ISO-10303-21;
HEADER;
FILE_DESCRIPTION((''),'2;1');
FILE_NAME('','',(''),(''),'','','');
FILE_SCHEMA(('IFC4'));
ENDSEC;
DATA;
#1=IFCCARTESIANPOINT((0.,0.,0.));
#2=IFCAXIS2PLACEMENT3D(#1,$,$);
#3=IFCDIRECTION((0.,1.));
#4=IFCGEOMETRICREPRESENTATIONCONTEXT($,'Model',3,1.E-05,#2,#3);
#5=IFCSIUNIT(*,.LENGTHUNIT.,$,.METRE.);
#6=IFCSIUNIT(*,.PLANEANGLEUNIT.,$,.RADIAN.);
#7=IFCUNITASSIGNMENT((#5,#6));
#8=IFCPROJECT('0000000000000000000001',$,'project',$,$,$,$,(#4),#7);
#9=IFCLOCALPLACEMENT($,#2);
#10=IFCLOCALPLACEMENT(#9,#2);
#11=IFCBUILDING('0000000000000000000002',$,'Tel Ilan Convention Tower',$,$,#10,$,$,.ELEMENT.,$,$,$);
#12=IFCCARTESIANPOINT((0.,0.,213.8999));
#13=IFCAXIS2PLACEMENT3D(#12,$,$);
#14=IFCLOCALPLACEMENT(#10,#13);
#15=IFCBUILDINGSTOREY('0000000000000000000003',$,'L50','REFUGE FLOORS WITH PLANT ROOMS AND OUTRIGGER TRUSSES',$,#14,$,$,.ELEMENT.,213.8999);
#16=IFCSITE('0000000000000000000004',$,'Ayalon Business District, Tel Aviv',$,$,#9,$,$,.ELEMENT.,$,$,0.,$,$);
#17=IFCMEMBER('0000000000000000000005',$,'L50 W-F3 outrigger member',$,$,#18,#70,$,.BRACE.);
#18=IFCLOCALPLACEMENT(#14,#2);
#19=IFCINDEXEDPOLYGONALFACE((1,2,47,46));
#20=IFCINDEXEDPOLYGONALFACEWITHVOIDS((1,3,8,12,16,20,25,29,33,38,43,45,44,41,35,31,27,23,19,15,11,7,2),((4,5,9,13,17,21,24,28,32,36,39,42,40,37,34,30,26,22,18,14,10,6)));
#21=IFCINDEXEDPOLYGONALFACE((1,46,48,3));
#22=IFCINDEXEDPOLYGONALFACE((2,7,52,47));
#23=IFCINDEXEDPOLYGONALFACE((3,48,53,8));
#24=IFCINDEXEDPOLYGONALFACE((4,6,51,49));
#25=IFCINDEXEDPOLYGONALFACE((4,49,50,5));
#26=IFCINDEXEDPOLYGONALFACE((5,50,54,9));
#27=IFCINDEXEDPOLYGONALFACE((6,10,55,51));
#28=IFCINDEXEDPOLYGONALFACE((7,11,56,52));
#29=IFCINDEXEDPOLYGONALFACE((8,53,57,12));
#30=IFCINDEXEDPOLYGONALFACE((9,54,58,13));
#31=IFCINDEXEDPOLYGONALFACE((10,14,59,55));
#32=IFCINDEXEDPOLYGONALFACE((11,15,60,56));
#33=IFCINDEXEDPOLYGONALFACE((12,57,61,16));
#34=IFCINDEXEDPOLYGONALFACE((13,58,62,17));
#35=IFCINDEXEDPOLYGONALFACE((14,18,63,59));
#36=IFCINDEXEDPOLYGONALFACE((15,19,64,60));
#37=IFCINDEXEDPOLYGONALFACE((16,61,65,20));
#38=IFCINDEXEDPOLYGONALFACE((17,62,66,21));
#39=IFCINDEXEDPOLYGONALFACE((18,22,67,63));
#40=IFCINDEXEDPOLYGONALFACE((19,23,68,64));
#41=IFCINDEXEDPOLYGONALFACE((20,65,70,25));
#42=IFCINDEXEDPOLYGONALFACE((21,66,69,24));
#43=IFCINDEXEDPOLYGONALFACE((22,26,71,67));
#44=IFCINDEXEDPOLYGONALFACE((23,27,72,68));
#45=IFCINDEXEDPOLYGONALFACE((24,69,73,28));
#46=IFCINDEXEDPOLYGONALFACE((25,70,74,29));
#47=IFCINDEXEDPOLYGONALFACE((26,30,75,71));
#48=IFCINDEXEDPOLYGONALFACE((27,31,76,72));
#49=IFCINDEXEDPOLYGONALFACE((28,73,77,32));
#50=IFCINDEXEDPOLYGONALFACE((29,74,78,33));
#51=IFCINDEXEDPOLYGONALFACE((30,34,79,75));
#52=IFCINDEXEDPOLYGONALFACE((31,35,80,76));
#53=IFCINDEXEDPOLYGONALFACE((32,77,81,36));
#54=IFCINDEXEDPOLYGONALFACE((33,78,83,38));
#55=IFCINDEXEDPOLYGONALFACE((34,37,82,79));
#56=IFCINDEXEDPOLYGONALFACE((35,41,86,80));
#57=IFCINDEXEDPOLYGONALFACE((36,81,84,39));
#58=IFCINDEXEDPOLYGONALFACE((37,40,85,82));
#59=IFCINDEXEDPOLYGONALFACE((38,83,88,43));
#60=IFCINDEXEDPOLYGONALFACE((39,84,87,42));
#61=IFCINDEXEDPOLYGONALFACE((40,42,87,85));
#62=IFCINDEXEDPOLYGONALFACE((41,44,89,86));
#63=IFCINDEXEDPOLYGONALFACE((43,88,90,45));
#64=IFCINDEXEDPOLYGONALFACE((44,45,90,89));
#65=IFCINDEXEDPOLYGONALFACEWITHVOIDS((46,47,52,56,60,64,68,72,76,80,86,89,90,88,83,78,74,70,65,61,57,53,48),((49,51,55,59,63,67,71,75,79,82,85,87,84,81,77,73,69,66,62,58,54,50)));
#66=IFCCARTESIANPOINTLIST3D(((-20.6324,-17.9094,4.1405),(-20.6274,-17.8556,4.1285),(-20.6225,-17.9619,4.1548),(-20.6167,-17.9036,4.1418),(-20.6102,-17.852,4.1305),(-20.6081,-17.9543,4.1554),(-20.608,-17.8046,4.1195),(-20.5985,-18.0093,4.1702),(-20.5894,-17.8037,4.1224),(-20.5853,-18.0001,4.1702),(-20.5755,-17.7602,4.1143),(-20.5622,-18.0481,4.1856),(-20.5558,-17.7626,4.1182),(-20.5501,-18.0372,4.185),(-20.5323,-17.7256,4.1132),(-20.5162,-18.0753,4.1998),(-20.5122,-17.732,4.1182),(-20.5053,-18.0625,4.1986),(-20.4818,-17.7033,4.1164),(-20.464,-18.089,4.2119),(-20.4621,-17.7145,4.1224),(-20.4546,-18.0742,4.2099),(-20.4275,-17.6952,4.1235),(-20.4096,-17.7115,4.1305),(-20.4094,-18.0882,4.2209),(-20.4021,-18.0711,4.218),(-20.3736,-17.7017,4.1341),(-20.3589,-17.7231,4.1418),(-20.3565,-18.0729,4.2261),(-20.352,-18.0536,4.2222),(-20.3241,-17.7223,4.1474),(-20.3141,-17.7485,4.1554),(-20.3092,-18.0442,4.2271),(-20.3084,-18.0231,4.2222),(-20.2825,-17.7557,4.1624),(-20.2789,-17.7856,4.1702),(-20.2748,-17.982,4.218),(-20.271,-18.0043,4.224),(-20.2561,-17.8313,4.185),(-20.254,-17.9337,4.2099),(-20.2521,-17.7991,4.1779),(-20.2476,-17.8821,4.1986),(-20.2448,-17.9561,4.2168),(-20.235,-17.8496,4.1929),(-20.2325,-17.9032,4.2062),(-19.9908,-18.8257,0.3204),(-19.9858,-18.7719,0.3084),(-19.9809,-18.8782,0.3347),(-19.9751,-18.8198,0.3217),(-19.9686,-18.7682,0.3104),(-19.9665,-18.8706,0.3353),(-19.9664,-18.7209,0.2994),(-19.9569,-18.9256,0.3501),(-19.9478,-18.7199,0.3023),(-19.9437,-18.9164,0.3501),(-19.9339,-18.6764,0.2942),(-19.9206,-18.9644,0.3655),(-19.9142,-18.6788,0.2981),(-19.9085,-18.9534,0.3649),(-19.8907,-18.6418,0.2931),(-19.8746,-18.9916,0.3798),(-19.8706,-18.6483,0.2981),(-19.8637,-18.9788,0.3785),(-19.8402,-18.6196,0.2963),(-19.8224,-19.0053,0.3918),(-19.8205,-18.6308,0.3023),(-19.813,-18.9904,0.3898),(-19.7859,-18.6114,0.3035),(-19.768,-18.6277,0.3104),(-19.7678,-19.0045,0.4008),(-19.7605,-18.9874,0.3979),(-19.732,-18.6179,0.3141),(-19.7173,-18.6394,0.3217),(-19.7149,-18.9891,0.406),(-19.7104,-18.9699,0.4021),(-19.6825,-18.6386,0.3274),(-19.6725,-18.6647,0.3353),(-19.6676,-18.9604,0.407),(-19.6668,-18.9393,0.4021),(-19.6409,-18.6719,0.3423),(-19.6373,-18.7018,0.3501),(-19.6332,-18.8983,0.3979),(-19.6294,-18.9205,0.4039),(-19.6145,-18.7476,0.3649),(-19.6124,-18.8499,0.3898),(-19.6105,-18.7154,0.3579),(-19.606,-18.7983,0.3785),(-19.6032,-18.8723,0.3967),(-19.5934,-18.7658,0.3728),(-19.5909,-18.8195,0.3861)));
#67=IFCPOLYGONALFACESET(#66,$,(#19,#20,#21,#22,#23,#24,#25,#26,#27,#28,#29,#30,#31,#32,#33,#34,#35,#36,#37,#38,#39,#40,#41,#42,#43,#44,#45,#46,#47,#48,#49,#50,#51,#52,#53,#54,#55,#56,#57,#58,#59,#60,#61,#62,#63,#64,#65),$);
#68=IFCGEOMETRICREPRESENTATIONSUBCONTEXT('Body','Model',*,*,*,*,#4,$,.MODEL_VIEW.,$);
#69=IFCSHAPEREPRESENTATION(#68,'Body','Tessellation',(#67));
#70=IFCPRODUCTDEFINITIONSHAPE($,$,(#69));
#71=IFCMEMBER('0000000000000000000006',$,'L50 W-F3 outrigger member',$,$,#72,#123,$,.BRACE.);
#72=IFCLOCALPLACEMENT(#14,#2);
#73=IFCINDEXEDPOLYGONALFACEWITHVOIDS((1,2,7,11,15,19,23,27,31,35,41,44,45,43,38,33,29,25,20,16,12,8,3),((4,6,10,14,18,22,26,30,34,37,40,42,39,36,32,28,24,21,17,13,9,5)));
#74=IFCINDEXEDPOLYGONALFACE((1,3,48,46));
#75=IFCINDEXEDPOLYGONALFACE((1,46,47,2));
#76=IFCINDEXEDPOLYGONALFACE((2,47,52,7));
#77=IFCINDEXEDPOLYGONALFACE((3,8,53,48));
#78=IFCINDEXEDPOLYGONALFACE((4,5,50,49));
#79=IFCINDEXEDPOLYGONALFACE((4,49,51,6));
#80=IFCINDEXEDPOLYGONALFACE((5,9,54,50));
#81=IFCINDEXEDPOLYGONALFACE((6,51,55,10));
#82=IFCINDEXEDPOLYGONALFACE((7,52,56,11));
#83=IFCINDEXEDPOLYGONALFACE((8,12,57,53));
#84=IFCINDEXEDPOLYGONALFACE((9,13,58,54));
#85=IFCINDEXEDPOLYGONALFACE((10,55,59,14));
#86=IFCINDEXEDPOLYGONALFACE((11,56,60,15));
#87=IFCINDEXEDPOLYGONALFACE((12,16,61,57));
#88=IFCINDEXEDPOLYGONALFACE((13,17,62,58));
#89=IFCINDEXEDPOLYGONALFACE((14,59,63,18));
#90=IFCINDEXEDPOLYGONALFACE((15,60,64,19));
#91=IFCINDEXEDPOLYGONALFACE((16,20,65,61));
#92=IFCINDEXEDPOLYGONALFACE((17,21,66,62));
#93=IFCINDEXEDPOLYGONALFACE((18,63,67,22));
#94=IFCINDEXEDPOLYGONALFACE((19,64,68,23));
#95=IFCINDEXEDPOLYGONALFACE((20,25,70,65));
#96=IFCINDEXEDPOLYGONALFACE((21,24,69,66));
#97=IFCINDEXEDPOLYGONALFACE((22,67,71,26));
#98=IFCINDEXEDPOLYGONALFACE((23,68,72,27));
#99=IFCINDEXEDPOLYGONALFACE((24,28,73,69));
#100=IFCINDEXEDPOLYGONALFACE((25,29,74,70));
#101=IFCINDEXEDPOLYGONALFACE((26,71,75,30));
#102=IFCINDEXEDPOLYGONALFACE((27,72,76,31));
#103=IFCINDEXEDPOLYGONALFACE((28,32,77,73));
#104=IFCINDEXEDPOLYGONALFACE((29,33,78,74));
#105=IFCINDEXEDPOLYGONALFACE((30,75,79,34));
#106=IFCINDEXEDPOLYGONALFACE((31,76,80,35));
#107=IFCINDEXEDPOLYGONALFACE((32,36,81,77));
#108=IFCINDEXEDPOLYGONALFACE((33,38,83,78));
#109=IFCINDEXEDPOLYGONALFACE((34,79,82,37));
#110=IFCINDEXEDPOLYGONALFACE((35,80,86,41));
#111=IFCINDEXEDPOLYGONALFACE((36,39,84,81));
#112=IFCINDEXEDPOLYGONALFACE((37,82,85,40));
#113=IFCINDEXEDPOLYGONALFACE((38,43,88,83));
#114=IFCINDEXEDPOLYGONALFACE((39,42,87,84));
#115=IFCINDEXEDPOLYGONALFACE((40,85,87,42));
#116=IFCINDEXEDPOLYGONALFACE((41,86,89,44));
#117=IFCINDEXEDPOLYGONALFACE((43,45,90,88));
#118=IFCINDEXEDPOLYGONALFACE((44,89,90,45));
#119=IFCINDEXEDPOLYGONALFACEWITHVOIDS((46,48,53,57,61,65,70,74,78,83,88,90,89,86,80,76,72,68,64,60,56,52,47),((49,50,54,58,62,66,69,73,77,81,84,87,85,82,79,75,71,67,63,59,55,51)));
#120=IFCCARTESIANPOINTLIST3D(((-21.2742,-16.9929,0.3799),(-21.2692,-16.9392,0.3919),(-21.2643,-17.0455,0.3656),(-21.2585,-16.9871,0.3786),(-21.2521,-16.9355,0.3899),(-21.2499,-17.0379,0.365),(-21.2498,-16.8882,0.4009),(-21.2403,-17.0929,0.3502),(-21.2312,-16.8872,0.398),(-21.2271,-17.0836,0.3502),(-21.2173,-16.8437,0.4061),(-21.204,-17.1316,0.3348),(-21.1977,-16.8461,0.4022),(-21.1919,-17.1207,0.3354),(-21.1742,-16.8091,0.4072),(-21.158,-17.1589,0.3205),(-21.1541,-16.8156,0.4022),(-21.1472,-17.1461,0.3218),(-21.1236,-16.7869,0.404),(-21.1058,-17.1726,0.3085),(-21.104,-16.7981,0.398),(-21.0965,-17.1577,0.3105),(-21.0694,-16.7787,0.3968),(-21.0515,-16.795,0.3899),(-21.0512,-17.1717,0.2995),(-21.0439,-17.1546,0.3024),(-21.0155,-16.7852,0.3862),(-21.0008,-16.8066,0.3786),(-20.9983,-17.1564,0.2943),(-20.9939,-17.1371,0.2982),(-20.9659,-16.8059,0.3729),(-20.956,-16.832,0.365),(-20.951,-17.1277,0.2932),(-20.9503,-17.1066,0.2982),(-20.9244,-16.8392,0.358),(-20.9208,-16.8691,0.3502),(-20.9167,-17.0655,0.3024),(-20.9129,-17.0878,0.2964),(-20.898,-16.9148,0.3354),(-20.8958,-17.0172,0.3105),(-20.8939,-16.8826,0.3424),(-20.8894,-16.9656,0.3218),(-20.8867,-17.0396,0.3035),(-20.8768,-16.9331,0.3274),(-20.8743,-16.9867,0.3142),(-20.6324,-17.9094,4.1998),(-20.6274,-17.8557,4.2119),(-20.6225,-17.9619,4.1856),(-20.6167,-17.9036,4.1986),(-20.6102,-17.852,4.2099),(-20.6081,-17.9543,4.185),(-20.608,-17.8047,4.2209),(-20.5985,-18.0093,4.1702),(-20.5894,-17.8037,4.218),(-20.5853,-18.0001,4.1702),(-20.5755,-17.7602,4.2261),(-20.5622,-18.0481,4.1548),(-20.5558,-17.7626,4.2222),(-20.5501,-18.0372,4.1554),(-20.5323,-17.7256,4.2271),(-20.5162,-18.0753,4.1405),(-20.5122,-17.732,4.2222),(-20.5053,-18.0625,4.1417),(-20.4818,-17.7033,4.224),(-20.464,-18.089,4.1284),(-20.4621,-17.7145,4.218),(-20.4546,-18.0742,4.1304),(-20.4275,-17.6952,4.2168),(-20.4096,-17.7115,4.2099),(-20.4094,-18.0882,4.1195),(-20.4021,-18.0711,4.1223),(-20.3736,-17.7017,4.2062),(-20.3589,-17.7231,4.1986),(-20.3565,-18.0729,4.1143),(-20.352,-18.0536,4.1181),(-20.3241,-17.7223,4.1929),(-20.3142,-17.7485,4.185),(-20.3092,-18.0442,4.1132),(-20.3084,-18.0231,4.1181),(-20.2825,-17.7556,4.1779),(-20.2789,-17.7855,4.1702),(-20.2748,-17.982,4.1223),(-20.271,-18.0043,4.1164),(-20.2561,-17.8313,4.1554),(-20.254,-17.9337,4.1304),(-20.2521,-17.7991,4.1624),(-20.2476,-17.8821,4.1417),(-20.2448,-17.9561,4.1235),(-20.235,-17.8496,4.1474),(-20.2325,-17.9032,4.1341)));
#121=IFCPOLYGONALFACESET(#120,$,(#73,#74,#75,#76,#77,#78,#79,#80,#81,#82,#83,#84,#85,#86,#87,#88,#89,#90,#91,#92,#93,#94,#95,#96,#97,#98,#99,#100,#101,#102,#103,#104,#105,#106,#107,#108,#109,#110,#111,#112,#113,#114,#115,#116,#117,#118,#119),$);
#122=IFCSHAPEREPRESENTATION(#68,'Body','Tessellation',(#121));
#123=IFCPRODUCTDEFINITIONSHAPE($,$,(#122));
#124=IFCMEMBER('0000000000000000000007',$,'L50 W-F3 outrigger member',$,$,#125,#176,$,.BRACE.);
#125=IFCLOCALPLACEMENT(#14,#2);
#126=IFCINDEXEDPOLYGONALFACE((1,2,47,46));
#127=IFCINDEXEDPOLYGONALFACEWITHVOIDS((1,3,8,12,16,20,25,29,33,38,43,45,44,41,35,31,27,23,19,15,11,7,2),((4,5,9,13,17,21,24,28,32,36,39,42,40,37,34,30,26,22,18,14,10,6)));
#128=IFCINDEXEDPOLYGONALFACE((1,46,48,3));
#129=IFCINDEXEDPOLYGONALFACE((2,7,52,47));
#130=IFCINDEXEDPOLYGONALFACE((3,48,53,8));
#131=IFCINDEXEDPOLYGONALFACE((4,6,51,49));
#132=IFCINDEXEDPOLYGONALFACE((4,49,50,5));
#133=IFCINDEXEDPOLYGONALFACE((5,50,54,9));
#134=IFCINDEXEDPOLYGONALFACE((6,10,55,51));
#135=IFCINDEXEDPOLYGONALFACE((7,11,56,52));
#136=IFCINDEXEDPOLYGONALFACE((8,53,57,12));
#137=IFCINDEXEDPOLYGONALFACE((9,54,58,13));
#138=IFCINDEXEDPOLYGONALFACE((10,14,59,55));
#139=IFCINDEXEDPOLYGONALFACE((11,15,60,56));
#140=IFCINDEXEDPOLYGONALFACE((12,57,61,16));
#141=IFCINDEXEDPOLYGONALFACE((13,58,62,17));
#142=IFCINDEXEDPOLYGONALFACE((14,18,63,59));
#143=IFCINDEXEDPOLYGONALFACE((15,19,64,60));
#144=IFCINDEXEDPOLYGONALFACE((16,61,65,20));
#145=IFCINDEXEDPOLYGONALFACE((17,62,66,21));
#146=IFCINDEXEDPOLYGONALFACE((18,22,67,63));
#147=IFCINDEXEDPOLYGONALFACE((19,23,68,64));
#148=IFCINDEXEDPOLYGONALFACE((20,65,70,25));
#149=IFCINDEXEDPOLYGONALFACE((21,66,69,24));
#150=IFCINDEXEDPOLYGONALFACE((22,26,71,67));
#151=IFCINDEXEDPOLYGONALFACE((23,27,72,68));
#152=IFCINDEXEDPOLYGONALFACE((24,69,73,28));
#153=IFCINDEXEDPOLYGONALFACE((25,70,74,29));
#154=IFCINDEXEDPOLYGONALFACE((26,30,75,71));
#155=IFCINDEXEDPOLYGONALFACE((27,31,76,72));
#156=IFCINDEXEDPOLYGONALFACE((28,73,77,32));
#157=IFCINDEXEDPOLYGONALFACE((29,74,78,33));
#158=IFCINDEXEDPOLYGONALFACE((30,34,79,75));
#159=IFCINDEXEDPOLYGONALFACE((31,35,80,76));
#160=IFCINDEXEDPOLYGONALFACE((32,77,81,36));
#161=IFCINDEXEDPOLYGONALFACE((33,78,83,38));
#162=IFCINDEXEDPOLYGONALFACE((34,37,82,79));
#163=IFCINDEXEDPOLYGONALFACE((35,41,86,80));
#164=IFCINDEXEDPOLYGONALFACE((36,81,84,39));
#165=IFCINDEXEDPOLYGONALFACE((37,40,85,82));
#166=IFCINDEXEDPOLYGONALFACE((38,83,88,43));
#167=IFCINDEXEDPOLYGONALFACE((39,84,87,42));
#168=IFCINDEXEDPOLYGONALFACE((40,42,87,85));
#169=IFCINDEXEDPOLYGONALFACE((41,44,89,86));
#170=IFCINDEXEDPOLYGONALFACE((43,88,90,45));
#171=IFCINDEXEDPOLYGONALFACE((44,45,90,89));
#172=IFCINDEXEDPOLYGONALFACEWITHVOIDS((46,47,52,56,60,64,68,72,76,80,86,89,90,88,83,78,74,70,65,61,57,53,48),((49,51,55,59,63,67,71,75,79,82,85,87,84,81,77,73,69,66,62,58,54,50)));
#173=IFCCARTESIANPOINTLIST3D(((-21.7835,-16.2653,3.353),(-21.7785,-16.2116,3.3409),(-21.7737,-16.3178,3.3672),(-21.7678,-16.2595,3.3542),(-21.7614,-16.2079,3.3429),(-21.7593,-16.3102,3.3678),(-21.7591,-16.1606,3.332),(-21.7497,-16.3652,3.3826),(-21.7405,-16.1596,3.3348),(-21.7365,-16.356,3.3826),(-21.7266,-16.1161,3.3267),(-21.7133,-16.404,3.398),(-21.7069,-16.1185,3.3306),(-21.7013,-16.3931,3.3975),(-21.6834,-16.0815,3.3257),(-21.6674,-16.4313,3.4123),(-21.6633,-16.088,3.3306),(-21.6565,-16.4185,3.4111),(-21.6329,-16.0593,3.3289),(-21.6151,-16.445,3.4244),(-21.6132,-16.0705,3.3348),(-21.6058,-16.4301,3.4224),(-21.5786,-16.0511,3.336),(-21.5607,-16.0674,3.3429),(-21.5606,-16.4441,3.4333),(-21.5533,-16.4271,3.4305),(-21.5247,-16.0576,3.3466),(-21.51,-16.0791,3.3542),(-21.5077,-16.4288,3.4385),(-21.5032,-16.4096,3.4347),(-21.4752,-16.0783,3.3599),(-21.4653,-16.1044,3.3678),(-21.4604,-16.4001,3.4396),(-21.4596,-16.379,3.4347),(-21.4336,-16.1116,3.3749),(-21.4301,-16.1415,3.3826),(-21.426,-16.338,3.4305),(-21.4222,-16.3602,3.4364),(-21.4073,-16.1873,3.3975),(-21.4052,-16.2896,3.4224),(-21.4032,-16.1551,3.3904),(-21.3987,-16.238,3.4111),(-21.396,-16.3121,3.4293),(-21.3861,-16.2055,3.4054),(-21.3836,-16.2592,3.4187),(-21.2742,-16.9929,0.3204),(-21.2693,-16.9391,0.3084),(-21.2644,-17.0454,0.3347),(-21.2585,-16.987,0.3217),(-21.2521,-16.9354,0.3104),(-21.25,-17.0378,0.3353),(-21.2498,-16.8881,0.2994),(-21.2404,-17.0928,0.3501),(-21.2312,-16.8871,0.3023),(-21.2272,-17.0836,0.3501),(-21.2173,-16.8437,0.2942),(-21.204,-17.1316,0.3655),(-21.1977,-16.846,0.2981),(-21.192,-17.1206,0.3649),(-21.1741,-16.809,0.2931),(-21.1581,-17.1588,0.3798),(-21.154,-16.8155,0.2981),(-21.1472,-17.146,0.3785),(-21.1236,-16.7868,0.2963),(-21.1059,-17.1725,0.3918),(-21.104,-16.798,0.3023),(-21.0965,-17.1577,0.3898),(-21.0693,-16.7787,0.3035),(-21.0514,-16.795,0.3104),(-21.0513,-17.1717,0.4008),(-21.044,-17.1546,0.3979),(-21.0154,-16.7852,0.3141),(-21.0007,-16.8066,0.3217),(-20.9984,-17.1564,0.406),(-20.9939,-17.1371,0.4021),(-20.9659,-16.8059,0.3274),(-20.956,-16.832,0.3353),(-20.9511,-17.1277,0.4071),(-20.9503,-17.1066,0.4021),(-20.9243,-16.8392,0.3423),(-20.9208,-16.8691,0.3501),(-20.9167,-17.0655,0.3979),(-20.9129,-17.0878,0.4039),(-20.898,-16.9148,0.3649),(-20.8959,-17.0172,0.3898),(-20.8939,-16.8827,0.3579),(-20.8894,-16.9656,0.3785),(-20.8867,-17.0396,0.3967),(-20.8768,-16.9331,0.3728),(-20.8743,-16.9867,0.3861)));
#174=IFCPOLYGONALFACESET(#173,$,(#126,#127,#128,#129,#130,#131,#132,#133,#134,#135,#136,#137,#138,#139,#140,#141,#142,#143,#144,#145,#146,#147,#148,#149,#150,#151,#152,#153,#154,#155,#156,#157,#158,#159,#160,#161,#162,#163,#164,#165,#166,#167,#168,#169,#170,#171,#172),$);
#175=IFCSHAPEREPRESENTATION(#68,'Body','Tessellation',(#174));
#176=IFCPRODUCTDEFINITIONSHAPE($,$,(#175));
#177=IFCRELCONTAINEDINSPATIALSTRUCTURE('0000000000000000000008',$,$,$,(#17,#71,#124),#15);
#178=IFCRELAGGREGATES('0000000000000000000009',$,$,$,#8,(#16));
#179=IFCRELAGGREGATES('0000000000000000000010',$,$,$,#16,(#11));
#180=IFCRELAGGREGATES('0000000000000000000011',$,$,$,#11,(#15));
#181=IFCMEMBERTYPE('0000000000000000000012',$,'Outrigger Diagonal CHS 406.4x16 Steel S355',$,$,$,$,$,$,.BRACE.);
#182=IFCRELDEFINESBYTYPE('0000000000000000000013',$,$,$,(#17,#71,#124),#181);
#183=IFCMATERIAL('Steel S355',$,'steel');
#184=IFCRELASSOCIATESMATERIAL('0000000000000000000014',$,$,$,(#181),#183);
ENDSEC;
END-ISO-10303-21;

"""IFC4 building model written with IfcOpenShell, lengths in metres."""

from ifc_helpers import new_model, si_unit, direction, frame, origin, origin_2d, place, context, subcontext, project, spatial, hollow_circle, extrude, material, material_profile, profile_set, type_object, element, save


model = new_model("IFC4")

# Units and contexts
model_context = context("Model", 3, precision=1e-05, world=origin(), true_north=direction((0.0, 1.0)))
body_context = subcontext(model_context, "Body", "Model", "MODEL_VIEW")
ifc_project = project(units=[si_unit("LENGTHUNIT", "METRE"), si_unit("PLANEANGLEUNIT", "RADIAN")], contexts=[model_context])

# Site, building, storey
site_placement = place(None, origin())
site = spatial("IfcSite", under=ifc_project, at=site_placement, Name="Ayalon Business District, Tel Aviv", CompositionType="ELEMENT", RefElevation=0.0)
building_placement = place(site_placement, origin())
building = spatial("IfcBuilding", under=site, at=building_placement, Name="Tel Ilan Convention Tower", CompositionType="ELEMENT")
storey_placement = place(building_placement, frame((0.0, 0.0, 213.8999)))
storey = spatial("IfcBuildingStorey", under=building, at=storey_placement, Name="L50", Description="REFUGE FLOORS WITH PLANT ROOMS AND OUTRIGGER TRUSSES", CompositionType="ELEMENT", Elevation=213.8999)

# Members
ifc_material_1 = material(Name="Steel S355", Category="steel")
ifc_material_profile_1 = material_profile(ifc_material_1, hollow_circle(Radius=0.2031, WallThickness=0.0161, at=origin_2d()), Name="CHS 406.4x16")
ifc_profile_set_1 = profile_set([ifc_material_profile_1], Name="Steel S355")
member_type_1 = type_object("IfcMemberType", Name="Outrigger Diagonal CHS 406.4x16 Steel S355", PredefinedType="BRACE", material=ifc_profile_set_1)
for number, where, z_axis, x_axis, name in (
    (1, (-19.7905, -18.8091, 0.3501), (-0.161188, 0.230189, 0.959704), (-0.81914, -0.573594, 0.0), "L50 W-F3 outrigger member"),
    (2, (-20.4321, -17.8928, 4.1702), (-0.161245, 0.230245, -0.959681), (-0.819109, -0.573638, 0.0), "L50 W-F3 outrigger member"),
):
    element("IfcMember", number, at=place(storey_placement, frame(where, z_axis=z_axis, x_axis=x_axis)), inside=storey, type_object=member_type_1, Name=name, PredefinedType="BRACE", context=body_context, shape_type="SweptSolid", body=[
        extrude(hollow_circle(Radius=0.2031, WallThickness=0.0161, at=origin_2d()), origin(), (0.0, 0.0, 1.0), 3.9805),
    ])
member_1_placement = place(storey_placement, frame((-21.074, -16.9763, 0.3501), z_axis=(-0.161172, 0.230246, 0.959693), x_axis=(-0.819232, -0.573462, 0.0)))
element("IfcMember", 3, at=member_1_placement, inside=storey, type_object=member_type_1, Name="L50 W-F3 outrigger member", PredefinedType="BRACE", context=body_context, shape_type="SweptSolid", body=[
    extrude(hollow_circle(Radius=0.2031, WallThickness=0.0161, at=origin_2d()), origin(), (0.0, 0.0, 1.0), 3.1599),
])

save(model, "model.ifc")
